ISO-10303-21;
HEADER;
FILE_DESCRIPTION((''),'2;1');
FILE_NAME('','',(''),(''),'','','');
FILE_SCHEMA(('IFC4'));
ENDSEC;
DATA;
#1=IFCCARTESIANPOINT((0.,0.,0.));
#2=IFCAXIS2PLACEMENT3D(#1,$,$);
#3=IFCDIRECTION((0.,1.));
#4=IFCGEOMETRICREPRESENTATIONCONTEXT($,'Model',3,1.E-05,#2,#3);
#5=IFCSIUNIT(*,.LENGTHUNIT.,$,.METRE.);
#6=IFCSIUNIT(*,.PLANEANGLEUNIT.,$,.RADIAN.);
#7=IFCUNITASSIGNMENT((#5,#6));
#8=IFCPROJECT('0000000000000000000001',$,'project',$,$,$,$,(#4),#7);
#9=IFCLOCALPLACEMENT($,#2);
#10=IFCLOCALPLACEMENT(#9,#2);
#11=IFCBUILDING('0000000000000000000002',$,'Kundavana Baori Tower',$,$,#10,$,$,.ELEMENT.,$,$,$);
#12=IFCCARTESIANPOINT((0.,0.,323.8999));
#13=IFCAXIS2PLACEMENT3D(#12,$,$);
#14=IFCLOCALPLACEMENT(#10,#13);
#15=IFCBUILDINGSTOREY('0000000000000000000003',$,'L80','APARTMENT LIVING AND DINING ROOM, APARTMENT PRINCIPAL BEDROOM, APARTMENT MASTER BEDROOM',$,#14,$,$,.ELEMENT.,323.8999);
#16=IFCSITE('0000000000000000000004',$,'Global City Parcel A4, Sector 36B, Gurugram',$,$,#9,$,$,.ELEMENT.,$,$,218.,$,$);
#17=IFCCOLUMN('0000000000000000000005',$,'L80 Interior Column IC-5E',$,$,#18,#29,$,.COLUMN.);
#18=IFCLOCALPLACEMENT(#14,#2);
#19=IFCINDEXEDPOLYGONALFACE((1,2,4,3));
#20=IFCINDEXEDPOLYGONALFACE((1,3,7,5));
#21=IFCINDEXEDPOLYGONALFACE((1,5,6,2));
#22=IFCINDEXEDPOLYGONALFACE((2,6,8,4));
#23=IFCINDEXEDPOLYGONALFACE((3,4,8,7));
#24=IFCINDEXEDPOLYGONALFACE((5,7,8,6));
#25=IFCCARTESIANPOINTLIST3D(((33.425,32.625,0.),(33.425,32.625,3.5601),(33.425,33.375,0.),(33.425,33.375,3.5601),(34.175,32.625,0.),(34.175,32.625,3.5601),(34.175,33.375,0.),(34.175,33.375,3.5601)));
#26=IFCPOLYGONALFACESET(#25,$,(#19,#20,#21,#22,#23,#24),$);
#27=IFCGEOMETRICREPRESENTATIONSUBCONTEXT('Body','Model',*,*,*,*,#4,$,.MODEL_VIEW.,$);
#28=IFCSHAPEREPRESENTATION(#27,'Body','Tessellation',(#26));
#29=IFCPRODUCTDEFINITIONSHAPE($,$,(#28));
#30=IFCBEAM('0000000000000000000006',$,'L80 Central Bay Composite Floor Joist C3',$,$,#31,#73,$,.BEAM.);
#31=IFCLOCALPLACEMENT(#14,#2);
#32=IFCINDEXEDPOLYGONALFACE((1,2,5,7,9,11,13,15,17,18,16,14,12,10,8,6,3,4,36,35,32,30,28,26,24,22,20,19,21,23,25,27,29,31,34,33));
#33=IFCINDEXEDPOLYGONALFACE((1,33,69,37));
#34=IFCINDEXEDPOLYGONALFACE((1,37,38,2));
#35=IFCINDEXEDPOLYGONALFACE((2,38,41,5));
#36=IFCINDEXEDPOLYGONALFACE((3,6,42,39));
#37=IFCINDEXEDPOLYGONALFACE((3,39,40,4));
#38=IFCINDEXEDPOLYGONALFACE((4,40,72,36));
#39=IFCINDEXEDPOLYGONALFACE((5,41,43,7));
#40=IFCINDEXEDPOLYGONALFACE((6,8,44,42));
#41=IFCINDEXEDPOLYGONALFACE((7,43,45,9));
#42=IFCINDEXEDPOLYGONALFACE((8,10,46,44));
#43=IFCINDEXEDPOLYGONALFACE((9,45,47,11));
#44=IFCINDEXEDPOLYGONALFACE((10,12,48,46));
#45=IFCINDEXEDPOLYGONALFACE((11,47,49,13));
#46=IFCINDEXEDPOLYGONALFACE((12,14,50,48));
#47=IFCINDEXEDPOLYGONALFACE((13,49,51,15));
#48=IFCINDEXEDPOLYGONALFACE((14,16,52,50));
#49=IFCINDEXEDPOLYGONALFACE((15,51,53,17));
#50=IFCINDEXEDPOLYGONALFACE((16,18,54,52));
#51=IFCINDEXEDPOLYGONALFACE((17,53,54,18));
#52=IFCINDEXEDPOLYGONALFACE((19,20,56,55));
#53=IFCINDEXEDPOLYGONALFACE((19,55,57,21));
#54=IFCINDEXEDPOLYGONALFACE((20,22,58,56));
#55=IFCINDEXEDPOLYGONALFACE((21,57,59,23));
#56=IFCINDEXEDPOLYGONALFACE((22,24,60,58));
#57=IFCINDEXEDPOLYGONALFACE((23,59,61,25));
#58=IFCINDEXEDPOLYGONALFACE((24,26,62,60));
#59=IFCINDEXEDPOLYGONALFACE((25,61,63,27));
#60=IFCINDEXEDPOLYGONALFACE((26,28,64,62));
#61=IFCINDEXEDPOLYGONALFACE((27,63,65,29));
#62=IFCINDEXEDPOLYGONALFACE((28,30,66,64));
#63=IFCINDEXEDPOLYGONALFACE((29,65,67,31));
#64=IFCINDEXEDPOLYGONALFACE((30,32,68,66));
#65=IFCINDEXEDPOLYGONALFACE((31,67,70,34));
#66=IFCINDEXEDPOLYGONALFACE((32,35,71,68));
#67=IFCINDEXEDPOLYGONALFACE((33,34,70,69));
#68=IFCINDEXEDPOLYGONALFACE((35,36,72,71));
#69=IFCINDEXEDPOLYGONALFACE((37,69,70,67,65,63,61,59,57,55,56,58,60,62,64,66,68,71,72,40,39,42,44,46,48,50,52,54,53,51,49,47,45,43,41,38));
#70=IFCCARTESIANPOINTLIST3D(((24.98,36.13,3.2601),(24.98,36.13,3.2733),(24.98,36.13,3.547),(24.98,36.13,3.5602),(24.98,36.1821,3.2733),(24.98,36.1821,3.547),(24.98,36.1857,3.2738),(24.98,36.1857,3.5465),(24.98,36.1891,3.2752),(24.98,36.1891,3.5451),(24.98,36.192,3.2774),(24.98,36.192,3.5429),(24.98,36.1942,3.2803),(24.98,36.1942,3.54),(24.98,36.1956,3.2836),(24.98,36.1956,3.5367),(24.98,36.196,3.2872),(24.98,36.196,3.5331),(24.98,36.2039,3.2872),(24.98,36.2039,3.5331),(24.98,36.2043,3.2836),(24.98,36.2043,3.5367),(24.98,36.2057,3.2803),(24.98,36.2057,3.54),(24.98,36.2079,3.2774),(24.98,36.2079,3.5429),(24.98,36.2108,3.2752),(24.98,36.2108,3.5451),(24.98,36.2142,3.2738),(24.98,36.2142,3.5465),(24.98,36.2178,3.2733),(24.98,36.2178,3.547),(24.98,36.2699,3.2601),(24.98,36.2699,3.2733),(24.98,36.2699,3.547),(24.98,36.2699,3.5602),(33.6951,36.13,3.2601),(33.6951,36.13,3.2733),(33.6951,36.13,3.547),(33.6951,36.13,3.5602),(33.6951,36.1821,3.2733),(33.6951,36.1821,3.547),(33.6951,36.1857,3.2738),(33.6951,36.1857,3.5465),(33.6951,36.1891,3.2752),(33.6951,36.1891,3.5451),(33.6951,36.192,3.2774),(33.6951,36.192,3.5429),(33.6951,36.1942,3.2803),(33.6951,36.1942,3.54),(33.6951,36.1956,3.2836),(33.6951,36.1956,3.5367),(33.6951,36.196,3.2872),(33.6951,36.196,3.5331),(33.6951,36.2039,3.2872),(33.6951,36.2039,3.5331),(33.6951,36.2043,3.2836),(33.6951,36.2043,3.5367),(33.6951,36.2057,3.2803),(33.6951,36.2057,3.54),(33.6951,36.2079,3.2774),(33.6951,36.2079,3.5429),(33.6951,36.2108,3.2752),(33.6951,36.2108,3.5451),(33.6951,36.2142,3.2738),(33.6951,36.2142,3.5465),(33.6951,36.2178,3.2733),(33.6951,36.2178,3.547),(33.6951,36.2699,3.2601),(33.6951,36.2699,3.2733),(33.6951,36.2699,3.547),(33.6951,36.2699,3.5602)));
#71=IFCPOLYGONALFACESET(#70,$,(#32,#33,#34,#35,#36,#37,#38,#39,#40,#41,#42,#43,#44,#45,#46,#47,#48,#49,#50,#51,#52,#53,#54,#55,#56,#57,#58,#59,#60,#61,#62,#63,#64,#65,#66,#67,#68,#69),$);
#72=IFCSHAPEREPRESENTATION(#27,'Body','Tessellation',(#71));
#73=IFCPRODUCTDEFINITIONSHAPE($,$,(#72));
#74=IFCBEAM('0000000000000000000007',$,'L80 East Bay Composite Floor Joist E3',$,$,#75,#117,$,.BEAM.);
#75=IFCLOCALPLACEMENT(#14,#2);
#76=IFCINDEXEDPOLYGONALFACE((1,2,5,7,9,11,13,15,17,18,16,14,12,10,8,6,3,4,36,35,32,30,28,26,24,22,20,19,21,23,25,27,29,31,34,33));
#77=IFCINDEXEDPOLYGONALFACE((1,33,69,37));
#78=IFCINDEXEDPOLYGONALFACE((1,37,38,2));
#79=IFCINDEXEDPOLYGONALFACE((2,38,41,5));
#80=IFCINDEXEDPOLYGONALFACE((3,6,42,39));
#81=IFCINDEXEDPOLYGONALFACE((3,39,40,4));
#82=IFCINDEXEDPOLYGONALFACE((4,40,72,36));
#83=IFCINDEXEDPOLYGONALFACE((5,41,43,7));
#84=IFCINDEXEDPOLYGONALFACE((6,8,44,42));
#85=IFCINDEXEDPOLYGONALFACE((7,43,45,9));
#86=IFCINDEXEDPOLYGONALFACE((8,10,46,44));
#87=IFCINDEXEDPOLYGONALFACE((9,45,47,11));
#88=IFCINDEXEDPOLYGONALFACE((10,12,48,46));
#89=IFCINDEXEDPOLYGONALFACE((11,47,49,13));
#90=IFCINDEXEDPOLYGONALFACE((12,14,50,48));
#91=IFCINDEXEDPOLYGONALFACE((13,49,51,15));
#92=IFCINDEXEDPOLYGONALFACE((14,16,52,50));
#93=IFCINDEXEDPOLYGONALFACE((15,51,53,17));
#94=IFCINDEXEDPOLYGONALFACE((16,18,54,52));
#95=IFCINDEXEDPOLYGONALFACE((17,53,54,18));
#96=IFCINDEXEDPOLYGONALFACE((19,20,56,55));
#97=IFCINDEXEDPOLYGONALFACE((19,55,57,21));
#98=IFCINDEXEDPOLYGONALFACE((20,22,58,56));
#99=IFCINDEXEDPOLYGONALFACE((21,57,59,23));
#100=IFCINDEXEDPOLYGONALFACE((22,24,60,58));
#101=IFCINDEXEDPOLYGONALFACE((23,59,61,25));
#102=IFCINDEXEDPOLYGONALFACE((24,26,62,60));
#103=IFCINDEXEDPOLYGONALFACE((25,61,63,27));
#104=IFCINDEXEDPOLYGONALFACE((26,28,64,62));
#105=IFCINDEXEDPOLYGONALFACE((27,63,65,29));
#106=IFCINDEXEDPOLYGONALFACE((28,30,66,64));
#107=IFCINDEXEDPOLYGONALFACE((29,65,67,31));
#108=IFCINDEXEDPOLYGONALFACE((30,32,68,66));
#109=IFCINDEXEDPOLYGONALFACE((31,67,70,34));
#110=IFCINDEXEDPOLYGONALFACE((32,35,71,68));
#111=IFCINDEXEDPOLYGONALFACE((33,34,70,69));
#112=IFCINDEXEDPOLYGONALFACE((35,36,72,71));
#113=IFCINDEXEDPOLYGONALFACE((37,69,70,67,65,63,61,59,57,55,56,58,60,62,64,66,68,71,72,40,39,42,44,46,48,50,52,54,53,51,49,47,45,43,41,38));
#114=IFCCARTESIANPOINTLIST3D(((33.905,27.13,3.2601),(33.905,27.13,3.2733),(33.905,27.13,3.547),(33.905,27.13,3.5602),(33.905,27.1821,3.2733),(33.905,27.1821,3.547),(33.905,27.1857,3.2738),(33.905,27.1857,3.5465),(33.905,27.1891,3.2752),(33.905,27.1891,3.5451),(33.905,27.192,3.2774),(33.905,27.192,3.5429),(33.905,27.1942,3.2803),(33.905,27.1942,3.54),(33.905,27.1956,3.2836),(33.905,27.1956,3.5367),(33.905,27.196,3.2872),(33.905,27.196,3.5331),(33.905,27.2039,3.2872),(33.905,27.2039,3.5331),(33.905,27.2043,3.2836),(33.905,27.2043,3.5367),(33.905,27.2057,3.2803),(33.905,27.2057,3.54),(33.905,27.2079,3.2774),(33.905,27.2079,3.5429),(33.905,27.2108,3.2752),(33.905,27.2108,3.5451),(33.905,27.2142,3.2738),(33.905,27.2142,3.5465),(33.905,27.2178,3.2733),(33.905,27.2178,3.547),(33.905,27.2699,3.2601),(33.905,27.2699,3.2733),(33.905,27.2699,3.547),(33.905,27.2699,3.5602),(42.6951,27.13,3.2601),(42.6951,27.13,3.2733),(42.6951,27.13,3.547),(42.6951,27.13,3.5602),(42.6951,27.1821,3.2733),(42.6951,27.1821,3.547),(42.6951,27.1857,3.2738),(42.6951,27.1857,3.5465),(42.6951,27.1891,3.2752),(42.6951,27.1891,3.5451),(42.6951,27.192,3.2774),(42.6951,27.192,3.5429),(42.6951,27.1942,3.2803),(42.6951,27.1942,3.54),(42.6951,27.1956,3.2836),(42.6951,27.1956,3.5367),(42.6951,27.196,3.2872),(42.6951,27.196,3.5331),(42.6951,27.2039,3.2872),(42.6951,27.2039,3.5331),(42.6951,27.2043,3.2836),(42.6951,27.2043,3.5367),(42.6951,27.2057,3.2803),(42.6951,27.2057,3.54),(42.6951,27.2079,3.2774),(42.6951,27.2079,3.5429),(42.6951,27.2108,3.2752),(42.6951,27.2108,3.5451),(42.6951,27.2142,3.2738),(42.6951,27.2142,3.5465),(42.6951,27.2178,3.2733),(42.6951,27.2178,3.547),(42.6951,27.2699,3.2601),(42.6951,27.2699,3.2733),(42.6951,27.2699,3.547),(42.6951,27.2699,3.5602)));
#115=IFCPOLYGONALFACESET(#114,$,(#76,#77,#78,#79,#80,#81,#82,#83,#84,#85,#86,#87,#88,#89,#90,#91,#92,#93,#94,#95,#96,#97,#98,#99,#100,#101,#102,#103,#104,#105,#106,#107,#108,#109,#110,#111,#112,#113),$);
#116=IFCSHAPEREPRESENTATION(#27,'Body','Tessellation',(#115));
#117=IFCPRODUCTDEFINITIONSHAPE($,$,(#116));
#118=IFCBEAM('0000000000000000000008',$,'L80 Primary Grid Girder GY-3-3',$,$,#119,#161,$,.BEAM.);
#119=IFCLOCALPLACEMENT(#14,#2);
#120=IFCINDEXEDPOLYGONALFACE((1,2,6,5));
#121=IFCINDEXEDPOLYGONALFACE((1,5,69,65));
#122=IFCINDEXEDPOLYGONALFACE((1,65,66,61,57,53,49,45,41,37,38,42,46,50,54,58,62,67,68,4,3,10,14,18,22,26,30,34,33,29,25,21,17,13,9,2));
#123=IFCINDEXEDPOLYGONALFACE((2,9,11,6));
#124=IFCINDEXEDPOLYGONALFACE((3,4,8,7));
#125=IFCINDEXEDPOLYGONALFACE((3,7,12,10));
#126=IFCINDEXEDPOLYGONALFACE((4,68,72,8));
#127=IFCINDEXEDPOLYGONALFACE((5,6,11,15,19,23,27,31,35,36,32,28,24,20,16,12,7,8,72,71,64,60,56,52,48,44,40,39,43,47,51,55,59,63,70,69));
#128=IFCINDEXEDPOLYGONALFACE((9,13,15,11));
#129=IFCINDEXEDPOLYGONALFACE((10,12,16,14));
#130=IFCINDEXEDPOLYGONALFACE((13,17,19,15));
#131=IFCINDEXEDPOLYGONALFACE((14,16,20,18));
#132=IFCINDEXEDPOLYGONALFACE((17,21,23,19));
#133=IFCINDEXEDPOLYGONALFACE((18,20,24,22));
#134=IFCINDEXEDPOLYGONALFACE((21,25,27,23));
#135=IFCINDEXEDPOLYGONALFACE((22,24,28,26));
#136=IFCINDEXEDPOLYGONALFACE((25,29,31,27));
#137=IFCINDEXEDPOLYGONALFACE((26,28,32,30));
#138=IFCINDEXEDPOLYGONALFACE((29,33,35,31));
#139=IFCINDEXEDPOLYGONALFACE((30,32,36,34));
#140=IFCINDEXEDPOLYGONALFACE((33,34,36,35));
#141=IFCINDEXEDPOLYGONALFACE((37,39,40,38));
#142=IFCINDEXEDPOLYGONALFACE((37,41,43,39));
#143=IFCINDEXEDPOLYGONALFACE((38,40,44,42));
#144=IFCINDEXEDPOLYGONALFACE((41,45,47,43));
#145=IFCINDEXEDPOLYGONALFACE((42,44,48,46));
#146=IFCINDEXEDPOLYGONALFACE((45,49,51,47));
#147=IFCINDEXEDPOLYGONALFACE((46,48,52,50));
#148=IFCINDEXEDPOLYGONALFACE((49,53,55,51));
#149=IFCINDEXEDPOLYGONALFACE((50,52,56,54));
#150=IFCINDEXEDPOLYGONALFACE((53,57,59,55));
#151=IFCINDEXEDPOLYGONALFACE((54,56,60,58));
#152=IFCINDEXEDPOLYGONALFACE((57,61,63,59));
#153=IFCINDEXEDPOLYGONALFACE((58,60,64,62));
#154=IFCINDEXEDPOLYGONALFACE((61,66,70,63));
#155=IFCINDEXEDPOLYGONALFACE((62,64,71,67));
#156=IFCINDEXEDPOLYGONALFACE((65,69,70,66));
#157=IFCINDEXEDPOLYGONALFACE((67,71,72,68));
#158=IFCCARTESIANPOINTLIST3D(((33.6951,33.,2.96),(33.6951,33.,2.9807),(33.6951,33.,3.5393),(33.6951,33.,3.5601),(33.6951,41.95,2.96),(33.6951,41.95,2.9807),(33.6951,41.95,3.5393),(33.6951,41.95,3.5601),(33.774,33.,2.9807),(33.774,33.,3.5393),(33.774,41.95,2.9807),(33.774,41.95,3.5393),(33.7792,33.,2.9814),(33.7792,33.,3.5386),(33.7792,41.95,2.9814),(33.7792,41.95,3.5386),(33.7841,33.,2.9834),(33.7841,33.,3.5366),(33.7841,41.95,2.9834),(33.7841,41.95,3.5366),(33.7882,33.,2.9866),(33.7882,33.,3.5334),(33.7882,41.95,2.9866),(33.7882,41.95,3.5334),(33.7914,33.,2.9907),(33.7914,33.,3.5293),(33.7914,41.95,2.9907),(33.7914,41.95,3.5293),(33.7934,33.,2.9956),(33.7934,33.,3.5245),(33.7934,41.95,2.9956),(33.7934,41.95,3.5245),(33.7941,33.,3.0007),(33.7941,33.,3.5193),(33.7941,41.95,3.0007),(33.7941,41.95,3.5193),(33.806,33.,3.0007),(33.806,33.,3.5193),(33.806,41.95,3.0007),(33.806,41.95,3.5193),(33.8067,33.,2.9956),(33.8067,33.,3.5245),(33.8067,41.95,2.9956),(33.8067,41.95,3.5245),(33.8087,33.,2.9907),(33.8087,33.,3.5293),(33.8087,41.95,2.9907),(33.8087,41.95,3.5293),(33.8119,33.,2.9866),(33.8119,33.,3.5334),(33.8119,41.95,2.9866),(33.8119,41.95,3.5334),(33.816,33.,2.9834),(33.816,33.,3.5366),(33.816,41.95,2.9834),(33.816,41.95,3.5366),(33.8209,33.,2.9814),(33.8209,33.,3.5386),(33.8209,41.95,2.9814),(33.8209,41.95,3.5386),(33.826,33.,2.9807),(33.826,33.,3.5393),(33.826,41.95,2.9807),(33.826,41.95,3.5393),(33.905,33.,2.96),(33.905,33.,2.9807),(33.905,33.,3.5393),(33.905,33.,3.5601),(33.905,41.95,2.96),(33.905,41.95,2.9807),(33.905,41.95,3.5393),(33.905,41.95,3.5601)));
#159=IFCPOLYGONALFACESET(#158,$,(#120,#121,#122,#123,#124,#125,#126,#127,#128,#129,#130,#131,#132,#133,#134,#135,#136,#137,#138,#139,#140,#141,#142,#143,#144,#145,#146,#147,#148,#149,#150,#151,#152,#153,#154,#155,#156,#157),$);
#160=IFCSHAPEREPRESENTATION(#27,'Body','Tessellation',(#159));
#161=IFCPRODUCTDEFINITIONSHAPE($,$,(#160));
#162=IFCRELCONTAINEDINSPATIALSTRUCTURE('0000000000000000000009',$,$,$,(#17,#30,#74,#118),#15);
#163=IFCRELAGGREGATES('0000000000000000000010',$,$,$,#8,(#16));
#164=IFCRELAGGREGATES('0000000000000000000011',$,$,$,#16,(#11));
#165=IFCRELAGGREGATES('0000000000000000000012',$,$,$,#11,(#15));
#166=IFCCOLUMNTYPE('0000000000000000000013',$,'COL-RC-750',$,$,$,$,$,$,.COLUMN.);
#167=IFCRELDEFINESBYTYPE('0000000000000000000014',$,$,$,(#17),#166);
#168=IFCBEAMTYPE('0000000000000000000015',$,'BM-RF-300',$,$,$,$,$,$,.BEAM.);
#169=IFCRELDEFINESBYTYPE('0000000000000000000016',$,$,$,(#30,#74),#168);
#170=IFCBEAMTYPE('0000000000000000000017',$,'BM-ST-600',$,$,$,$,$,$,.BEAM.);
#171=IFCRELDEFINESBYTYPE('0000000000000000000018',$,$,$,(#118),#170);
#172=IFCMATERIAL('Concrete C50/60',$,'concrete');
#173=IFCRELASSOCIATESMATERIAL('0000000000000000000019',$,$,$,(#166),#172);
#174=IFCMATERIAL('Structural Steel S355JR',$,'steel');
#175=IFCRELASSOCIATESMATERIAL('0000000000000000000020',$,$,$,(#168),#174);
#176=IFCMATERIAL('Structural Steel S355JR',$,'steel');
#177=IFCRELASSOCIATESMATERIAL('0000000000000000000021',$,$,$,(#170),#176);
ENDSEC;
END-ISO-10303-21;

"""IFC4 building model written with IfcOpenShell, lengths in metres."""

from ifc_helpers import new_model, si_unit, direction, frame, origin, origin_2d, place, context, subcontext, project, spatial, rectangle, i_section, extrude, material, material_profile, profile_set, type_object, element, save


model = new_model("IFC4")

# Units and contexts
model_context = context("Model", 3, precision=1e-05, world=origin(), true_north=direction((0.0, 1.0)))
body_context = subcontext(model_context, "Body", "Model", "MODEL_VIEW")
ifc_project = project(units=[si_unit("LENGTHUNIT", "METRE"), si_unit("PLANEANGLEUNIT", "RADIAN")], contexts=[model_context])

# Site, building, storey
site_placement = place(None, origin())
site = spatial("IfcSite", under=ifc_project, at=site_placement, Name="Global City Parcel A4, Sector 36B, Gurugram", CompositionType="ELEMENT", RefElevation=218.0)
building_placement = place(site_placement, origin())
building = spatial("IfcBuilding", under=site, at=building_placement, Name="Kundavana Baori Tower", CompositionType="ELEMENT")
storey_placement = place(building_placement, frame((0.0, 0.0, 323.8999)))
storey = spatial("IfcBuildingStorey", under=building, at=storey_placement, Name="L80", Description="APARTMENT LIVING AND DINING ROOM, APARTMENT PRINCIPAL BEDROOM, APARTMENT MASTER BEDROOM", CompositionType="ELEMENT", Elevation=323.8999)

# Column
ifc_material_1 = material(Name="Concrete C50/60", Category="concrete")
ifc_material_profile_1 = material_profile(ifc_material_1, rectangle(XDim=0.75, YDim=0.75, at=origin_2d()), Name="RC 750x750")
ifc_profile_set_1 = profile_set([ifc_material_profile_1], Name="Concrete C50/60")
column_type = type_object("IfcColumnType", Name="COL-RC-750", PredefinedType="COLUMN", material=ifc_profile_set_1)
column_placement = place(storey_placement, frame((33.8, 33.0, 0.0), z_axis=(0.0, 0.0, 1.0), x_axis=(1.0, 0.0, 0.0)))
element("IfcColumn", 1, at=column_placement, inside=storey, type_object=column_type, Name="L80 Interior Column IC-5E", PredefinedType="COLUMN", context=body_context, shape_type="SweptSolid", body=[
    extrude(rectangle(XDim=0.75, YDim=0.75, at=origin_2d()), origin(), (0.0, 0.0, 1.0), 3.5601),
])

# Beams
ifc_material_2 = material(Name="Structural Steel S355JR", Category="steel")
ifc_material_profile_2 = material_profile(ifc_material_2, i_section(OverallWidth=0.1399, OverallDepth=0.3, WebThickness=0.0078, FlangeThickness=0.0132, FilletRadius=0.0139, at=origin_2d()), Name="ISMB 300")
ifc_profile_set_2 = profile_set([ifc_material_profile_2], Name="Structural Steel S355JR")
beam_type_1 = type_object("IfcBeamType", Name="BM-RF-300", PredefinedType="BEAM", material=ifc_profile_set_2)
beam_1_placement = place(storey_placement, frame((24.98, 36.2, 3.4102), z_axis=(1.0, 0.0, 0.0), x_axis=(0.0, 1.0, 0.0)))
element("IfcBeam", 2, at=beam_1_placement, inside=storey, type_object=beam_type_1, Name="L80 Central Bay Composite Floor Joist C3", PredefinedType="BEAM", context=body_context, shape_type="SweptSolid", body=[
    extrude(i_section(OverallWidth=0.1399, OverallDepth=0.3, WebThickness=0.0078, FlangeThickness=0.0132, FilletRadius=0.0139, at=origin_2d()), origin(), (0.0, 0.0, 1.0), 8.7151),
])
beam_2_placement = place(storey_placement, frame((33.905, 27.2, 3.4102), z_axis=(1.0, 0.0, 0.0), x_axis=(0.0, 1.0, 0.0)))
element("IfcBeam", 3, at=beam_2_placement, inside=storey, type_object=beam_type_1, Name="L80 East Bay Composite Floor Joist E3", PredefinedType="BEAM", context=body_context, shape_type="SweptSolid", body=[
    extrude(i_section(OverallWidth=0.1399, OverallDepth=0.3, WebThickness=0.0078, FlangeThickness=0.0132, FilletRadius=0.0139, at=origin_2d()), origin(), (0.0, 0.0, 1.0), 8.79),
])
ifc_material_3 = material(Name="Structural Steel S355JR", Category="steel")
ifc_material_profile_3 = material_profile(ifc_material_3, i_section(OverallWidth=0.21, OverallDepth=0.6001, WebThickness=0.012, FlangeThickness=0.0208, FilletRadius=0.02, at=origin_2d()), Name="ISMB 600")
ifc_profile_set_3 = profile_set([ifc_material_profile_3], Name="Structural Steel S355JR")
beam_type_2 = type_object("IfcBeamType", Name="BM-ST-600", PredefinedType="BEAM", material=ifc_profile_set_3)
beam_3_placement = place(storey_placement, frame((33.8, 33.0, 3.26), z_axis=(0.0, 1.0, 0.0), x_axis=(-1.0, 0.0, 0.0)))
element("IfcBeam", 4, at=beam_3_placement, inside=storey, type_object=beam_type_2, Name="L80 Primary Grid Girder GY-3-3", PredefinedType="BEAM", context=body_context, shape_type="SweptSolid", body=[
    extrude(i_section(OverallWidth=0.21, OverallDepth=0.6001, WebThickness=0.012, FlangeThickness=0.0208, FilletRadius=0.02, at=origin_2d()), origin(), (0.0, 0.0, 1.0), 8.95),
])

save(model, "model.ifc")
